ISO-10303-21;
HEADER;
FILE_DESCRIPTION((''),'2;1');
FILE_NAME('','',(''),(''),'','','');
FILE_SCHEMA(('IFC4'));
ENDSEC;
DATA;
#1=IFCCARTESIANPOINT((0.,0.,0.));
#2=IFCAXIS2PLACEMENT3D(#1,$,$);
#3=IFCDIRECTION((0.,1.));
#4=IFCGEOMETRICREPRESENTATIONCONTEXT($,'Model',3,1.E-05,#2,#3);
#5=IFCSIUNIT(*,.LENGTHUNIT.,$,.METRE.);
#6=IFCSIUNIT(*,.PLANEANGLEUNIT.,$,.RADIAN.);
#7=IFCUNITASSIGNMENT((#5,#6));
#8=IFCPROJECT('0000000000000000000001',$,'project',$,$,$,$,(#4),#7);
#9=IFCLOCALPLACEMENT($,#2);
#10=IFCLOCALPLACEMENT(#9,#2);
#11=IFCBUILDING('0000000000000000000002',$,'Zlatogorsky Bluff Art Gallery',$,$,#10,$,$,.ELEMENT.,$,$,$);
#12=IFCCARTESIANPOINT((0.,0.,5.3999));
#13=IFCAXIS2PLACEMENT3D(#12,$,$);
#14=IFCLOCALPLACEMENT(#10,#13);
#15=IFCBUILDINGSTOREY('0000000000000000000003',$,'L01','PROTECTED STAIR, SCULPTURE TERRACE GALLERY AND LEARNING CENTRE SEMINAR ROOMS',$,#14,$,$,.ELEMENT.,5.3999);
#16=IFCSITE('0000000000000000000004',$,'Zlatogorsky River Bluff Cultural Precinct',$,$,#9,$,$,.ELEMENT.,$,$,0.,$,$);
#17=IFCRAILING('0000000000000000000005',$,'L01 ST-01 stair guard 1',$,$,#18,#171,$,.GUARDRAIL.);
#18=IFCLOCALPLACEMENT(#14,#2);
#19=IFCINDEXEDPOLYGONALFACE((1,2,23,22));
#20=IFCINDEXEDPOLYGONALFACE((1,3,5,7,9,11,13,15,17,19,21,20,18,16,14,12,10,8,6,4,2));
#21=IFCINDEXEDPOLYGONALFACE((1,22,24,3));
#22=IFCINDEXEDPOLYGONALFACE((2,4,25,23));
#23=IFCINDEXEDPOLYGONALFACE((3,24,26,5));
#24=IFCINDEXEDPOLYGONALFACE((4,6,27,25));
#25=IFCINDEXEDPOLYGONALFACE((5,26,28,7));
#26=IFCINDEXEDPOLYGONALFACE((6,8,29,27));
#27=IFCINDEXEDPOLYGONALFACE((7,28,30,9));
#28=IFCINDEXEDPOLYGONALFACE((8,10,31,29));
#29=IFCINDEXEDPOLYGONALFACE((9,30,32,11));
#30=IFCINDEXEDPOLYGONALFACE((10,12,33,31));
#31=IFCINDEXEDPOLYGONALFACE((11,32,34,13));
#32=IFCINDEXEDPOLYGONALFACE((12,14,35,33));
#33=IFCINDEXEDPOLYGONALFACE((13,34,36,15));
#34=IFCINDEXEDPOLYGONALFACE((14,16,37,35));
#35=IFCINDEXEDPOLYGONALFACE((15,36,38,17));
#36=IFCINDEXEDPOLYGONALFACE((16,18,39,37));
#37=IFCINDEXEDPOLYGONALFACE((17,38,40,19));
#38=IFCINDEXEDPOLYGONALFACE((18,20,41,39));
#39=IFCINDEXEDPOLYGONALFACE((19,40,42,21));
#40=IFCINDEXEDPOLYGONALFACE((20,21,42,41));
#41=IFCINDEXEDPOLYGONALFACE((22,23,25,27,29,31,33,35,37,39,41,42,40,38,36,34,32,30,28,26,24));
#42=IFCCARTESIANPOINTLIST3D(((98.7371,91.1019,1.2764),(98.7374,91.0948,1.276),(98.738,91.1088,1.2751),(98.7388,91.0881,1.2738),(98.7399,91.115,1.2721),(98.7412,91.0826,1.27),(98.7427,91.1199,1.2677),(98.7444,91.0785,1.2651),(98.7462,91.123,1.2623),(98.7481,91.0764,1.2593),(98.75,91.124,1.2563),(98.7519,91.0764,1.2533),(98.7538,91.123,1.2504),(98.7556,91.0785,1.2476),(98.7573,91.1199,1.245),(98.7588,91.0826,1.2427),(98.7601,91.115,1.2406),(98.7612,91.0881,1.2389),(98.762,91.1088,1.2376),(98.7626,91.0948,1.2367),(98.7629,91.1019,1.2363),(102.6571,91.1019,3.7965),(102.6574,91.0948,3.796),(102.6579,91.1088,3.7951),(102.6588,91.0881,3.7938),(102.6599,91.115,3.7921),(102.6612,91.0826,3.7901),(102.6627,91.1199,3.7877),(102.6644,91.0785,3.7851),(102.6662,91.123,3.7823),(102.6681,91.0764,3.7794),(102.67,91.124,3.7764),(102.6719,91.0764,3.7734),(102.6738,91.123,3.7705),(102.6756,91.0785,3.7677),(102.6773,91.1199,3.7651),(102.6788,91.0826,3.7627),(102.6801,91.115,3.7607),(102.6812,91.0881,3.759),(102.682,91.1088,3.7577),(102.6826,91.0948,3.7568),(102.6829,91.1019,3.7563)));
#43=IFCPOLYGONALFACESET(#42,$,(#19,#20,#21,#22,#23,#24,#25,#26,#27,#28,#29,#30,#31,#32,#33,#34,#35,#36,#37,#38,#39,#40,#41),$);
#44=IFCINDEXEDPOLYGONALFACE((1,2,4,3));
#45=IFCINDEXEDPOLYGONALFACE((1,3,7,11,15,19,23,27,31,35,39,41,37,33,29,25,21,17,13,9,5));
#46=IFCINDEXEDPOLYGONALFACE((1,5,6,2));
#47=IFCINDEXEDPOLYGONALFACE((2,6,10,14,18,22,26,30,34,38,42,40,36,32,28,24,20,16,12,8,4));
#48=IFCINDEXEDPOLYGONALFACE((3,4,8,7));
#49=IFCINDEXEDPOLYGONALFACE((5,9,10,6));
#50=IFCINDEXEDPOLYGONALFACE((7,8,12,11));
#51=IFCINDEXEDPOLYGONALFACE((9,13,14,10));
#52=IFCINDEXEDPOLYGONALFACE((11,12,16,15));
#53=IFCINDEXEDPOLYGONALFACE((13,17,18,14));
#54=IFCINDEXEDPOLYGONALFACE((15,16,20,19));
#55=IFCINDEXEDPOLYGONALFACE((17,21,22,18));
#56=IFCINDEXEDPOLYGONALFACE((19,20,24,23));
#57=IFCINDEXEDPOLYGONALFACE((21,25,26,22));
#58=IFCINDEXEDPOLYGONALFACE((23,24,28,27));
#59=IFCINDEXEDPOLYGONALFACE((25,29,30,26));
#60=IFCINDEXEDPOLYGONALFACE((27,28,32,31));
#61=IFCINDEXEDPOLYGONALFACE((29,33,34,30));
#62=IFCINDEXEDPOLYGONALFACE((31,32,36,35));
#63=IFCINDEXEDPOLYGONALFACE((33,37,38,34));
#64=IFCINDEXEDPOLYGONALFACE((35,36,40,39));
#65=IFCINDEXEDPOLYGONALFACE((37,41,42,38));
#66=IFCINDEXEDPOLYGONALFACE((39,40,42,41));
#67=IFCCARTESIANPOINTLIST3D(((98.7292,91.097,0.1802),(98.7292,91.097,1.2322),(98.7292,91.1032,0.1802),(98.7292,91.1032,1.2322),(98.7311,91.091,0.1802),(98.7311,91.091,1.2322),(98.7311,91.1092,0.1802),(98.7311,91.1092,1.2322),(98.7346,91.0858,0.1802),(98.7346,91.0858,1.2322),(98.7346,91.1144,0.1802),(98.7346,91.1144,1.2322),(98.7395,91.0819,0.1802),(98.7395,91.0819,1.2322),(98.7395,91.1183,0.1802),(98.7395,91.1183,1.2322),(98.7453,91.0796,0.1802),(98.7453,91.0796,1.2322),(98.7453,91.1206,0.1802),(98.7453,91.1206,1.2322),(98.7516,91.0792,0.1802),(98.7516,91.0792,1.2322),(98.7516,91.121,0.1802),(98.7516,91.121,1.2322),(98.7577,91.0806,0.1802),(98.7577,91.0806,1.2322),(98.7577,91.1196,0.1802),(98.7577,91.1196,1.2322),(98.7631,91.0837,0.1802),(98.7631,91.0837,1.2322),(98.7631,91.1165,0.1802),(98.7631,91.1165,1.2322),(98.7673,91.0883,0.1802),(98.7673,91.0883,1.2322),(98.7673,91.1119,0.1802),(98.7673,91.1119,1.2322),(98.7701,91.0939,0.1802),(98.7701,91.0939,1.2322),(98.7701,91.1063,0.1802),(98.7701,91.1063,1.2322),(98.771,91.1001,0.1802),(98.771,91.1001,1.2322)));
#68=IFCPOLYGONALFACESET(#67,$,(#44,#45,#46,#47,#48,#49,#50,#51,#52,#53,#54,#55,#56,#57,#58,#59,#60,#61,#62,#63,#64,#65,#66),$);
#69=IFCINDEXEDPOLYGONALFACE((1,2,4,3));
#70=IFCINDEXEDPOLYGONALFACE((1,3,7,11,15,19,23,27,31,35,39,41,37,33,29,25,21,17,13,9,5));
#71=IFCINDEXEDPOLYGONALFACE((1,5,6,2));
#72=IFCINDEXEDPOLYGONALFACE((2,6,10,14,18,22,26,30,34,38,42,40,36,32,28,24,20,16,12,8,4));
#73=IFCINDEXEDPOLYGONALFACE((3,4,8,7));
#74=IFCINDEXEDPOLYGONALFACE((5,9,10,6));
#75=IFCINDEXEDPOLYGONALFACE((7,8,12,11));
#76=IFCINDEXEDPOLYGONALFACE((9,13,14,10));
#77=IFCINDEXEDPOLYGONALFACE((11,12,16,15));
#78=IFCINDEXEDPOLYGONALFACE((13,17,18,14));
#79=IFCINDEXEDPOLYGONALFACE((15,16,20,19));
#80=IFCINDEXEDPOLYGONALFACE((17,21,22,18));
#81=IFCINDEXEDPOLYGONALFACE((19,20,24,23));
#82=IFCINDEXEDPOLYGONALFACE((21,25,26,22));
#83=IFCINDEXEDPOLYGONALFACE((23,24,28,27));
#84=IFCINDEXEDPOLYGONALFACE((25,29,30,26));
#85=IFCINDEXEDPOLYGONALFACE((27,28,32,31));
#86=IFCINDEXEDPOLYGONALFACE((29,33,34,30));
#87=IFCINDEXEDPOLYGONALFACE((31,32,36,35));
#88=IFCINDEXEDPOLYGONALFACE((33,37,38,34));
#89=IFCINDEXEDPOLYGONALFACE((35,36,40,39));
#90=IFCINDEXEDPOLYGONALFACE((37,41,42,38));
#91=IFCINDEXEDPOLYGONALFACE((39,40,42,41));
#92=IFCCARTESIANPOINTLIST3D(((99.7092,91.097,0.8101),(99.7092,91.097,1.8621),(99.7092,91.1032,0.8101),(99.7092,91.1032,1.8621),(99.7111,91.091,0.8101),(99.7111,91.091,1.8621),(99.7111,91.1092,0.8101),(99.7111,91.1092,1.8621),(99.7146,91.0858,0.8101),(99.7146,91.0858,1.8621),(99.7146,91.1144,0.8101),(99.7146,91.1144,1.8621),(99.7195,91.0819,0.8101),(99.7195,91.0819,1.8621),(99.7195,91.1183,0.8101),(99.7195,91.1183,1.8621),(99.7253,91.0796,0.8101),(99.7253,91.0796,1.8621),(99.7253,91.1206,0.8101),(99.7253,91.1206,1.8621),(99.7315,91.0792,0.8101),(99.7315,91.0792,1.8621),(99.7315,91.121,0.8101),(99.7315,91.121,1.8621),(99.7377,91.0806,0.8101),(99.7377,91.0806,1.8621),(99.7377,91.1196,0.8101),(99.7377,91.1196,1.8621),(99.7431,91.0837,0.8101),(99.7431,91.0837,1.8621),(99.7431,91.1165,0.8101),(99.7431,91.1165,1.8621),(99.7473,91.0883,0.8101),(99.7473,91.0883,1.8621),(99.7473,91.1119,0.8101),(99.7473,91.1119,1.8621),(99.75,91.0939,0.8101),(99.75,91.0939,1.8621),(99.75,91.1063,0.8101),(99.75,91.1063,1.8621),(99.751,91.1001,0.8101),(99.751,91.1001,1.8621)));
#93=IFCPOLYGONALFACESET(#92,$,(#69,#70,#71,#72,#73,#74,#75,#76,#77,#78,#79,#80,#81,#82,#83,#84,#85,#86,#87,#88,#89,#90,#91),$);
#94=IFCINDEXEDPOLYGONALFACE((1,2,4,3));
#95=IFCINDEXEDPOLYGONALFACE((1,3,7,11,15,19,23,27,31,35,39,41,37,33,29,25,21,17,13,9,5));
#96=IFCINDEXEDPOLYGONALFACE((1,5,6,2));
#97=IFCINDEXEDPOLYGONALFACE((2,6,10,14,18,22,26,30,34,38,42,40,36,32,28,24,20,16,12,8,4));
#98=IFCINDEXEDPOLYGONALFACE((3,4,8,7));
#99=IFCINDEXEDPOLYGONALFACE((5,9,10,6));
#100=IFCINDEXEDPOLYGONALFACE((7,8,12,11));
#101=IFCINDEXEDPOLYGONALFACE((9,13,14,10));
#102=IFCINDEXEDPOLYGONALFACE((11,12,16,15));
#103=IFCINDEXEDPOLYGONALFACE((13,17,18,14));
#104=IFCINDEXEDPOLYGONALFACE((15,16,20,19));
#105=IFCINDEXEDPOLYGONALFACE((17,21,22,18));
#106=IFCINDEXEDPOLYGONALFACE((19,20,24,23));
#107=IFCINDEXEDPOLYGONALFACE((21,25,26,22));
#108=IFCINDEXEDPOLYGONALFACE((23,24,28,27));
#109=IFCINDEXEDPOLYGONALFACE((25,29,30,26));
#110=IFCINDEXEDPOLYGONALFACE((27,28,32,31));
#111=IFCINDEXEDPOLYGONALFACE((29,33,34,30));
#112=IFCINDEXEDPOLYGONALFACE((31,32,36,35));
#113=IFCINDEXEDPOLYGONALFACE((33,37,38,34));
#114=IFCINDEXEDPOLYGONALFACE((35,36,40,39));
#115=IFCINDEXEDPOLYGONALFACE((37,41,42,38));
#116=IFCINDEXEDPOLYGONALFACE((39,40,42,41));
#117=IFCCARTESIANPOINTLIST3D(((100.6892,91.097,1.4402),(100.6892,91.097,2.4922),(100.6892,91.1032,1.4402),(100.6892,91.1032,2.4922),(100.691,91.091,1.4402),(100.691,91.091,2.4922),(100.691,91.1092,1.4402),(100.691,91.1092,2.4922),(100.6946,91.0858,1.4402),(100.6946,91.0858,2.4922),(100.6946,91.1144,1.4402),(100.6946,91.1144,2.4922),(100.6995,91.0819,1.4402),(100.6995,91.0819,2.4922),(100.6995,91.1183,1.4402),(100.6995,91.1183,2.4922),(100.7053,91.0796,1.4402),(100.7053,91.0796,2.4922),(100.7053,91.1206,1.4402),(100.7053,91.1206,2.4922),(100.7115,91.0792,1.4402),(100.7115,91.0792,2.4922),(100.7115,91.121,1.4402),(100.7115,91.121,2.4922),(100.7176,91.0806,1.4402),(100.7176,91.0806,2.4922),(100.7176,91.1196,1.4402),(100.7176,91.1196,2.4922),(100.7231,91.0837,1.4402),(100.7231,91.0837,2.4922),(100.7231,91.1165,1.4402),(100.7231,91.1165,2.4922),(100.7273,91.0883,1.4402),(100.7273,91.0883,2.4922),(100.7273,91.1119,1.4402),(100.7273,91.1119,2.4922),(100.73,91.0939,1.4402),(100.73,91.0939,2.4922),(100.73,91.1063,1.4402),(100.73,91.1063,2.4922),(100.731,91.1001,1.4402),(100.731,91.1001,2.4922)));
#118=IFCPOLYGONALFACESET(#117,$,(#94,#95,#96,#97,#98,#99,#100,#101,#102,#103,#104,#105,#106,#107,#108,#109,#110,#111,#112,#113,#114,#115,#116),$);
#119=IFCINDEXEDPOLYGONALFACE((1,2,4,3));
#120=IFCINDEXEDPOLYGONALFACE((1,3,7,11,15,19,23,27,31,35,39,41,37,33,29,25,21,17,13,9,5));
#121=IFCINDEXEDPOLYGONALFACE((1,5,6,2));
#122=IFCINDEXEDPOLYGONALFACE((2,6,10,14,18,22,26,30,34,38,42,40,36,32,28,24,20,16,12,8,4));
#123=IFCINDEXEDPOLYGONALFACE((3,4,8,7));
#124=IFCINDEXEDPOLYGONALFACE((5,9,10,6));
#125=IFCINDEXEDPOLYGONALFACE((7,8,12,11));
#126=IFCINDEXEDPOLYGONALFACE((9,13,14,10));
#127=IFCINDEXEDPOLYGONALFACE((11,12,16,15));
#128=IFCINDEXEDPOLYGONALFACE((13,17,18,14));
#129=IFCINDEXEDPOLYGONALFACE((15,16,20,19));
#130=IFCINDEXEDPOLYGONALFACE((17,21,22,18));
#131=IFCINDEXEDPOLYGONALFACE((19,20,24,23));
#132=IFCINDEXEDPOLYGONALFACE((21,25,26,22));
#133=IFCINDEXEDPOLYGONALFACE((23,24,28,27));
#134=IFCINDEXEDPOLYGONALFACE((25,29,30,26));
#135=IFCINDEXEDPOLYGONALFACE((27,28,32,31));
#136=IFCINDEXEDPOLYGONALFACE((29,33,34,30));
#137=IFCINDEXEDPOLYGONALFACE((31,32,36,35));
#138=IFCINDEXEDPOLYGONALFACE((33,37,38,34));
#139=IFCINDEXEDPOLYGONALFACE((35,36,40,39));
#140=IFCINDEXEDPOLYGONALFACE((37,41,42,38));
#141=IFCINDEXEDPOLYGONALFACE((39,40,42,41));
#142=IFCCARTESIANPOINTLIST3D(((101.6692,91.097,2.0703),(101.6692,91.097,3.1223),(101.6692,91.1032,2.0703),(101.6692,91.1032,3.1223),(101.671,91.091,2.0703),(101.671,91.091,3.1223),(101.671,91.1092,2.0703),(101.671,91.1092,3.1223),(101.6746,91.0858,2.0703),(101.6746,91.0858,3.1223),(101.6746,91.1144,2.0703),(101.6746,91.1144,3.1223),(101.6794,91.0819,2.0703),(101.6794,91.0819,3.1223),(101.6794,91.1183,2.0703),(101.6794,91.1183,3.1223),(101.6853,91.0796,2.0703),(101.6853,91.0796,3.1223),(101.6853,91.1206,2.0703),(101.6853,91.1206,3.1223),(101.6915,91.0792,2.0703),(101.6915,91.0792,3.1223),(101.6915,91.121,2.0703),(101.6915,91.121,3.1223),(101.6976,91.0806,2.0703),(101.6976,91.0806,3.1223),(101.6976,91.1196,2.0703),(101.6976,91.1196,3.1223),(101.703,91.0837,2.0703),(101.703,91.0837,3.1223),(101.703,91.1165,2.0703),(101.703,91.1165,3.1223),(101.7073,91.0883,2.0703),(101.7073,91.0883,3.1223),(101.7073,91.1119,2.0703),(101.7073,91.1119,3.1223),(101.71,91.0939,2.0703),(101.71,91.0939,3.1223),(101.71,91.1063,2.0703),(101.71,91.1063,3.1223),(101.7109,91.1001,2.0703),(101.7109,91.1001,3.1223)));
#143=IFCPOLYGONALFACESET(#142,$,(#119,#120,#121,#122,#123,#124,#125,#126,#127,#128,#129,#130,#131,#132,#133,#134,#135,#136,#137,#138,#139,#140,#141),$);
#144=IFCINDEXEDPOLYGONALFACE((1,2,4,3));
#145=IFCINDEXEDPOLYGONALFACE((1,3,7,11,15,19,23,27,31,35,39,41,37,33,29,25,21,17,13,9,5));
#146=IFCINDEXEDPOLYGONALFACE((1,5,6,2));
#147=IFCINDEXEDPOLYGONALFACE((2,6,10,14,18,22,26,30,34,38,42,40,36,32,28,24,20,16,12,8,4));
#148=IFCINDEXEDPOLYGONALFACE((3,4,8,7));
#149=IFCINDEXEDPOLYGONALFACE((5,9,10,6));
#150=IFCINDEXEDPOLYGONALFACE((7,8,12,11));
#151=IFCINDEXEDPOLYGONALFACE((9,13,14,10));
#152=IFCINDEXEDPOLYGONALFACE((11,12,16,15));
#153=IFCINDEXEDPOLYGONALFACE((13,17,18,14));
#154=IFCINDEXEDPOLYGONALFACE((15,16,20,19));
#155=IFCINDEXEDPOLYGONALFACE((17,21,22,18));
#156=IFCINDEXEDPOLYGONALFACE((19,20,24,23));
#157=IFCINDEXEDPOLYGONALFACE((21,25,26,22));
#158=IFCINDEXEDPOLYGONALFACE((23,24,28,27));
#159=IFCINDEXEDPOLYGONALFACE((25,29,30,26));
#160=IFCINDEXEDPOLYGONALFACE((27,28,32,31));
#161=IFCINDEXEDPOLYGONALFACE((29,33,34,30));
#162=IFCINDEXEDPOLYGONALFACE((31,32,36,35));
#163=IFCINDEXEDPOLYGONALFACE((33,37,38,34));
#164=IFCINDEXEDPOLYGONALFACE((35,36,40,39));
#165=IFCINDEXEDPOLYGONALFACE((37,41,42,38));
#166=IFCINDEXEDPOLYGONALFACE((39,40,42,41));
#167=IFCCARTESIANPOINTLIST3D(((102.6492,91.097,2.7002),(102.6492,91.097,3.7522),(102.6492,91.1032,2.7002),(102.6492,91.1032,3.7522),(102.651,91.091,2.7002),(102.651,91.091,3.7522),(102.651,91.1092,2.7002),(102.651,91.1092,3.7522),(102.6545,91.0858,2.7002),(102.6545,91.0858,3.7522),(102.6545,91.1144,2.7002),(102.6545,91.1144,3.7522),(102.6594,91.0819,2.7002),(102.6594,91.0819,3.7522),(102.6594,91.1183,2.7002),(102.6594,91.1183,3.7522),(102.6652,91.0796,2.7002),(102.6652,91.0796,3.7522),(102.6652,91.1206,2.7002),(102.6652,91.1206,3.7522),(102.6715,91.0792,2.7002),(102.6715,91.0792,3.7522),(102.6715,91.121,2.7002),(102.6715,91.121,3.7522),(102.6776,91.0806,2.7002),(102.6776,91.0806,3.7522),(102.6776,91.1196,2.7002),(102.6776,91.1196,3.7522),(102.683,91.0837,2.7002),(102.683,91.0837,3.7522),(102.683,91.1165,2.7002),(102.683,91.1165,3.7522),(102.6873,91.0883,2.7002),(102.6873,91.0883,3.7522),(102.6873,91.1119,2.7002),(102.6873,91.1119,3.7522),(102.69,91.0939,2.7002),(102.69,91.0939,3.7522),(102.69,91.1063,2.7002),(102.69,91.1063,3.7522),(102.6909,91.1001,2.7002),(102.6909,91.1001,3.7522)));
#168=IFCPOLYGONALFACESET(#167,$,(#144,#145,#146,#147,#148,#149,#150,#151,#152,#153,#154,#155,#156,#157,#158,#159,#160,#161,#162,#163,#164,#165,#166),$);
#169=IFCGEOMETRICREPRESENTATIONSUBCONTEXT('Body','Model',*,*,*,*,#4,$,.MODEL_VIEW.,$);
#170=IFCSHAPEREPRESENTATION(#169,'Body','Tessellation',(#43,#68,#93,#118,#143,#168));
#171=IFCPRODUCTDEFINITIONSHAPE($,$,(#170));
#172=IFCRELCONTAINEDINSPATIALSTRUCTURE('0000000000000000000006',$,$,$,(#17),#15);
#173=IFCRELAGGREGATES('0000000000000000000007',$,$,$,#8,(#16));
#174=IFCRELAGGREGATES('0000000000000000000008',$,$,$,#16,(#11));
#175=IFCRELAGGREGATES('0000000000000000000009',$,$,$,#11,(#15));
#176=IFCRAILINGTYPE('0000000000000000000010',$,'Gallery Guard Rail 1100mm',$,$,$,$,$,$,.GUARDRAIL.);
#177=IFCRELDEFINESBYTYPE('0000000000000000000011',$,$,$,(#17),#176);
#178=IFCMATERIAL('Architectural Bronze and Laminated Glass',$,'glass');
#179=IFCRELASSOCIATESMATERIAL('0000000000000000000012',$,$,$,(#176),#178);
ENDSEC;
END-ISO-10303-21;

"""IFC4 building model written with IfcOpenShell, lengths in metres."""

from ifc_helpers import new_model, si_unit, direction, frame, origin, origin_2d, place, context, subcontext, project, spatial, circle, extrude, material, type_object, element, save


model = new_model("IFC4")

# Units and contexts
model_context = context("Model", 3, precision=1e-05, world=origin(), true_north=direction((0.0, 1.0)))
body_context = subcontext(model_context, "Body", "Model", "MODEL_VIEW")
ifc_project = project(units=[si_unit("LENGTHUNIT", "METRE"), si_unit("PLANEANGLEUNIT", "RADIAN")], contexts=[model_context])

# Site, building, storey
site_placement = place(None, origin())
site = spatial("IfcSite", under=ifc_project, at=site_placement, Name="Zlatogorsky River Bluff Cultural Precinct", CompositionType="ELEMENT", RefElevation=0.0)
building_placement = place(site_placement, origin())
building = spatial("IfcBuilding", under=site, at=building_placement, Name="Zlatogorsky Bluff Art Gallery", CompositionType="ELEMENT")
storey_placement = place(building_placement, frame((0.0, 0.0, 5.3999)))
storey = spatial("IfcBuildingStorey", under=building, at=storey_placement, Name="L01", Description="PROTECTED STAIR, SCULPTURE TERRACE GALLERY AND LEARNING CENTRE SEMINAR ROOMS", CompositionType="ELEMENT", Elevation=5.3999)

# Railing
ifc_material_1 = material(Name="Architectural Bronze and Laminated Glass", Category="glass")
railing_type_1 = type_object("IfcRailingType", Name="Gallery Guard Rail 1100mm", PredefinedType="GUARDRAIL", material=ifc_material_1)
railing_1_placement = place(storey_placement, frame((98.75, 91.1001, 0.1802)))
element("IfcRailing", 1, at=railing_1_placement, inside=storey, type_object=railing_type_1, Name="L01 ST-01 stair guard 1", PredefinedType="GUARDRAIL", context=body_context, shape_type="SweptSolid", body=[
    extrude(circle(Radius=0.0239, at=origin_2d()), frame((0.0, 0.0, 1.0762), z_axis=(0.841172, 0.0, 0.540768), x_axis=(0.0, 1.0, 0.0)), (0.0, 0.0, 1.0), 4.6602),
    extrude(circle(Radius=0.021, at=origin_2d()), origin(), (0.0, 0.0, 1.0), 1.052),
    extrude(circle(Radius=0.021, at=origin_2d()), frame((0.98, 0.0, 0.6299)), (0.0, 0.0, 1.0), 1.052),
    extrude(circle(Radius=0.021, at=origin_2d()), frame((1.96, 0.0, 1.26)), (0.0, 0.0, 1.0), 1.052),
    extrude(circle(Radius=0.021, at=origin_2d()), frame((2.9399, 0.0, 1.8901)), (0.0, 0.0, 1.0), 1.052),
    extrude(circle(Radius=0.021, at=origin_2d()), frame((3.9199, 0.0, 2.52)), (0.0, 0.0, 1.0), 1.052),
])

save(model, "model.ifc")
